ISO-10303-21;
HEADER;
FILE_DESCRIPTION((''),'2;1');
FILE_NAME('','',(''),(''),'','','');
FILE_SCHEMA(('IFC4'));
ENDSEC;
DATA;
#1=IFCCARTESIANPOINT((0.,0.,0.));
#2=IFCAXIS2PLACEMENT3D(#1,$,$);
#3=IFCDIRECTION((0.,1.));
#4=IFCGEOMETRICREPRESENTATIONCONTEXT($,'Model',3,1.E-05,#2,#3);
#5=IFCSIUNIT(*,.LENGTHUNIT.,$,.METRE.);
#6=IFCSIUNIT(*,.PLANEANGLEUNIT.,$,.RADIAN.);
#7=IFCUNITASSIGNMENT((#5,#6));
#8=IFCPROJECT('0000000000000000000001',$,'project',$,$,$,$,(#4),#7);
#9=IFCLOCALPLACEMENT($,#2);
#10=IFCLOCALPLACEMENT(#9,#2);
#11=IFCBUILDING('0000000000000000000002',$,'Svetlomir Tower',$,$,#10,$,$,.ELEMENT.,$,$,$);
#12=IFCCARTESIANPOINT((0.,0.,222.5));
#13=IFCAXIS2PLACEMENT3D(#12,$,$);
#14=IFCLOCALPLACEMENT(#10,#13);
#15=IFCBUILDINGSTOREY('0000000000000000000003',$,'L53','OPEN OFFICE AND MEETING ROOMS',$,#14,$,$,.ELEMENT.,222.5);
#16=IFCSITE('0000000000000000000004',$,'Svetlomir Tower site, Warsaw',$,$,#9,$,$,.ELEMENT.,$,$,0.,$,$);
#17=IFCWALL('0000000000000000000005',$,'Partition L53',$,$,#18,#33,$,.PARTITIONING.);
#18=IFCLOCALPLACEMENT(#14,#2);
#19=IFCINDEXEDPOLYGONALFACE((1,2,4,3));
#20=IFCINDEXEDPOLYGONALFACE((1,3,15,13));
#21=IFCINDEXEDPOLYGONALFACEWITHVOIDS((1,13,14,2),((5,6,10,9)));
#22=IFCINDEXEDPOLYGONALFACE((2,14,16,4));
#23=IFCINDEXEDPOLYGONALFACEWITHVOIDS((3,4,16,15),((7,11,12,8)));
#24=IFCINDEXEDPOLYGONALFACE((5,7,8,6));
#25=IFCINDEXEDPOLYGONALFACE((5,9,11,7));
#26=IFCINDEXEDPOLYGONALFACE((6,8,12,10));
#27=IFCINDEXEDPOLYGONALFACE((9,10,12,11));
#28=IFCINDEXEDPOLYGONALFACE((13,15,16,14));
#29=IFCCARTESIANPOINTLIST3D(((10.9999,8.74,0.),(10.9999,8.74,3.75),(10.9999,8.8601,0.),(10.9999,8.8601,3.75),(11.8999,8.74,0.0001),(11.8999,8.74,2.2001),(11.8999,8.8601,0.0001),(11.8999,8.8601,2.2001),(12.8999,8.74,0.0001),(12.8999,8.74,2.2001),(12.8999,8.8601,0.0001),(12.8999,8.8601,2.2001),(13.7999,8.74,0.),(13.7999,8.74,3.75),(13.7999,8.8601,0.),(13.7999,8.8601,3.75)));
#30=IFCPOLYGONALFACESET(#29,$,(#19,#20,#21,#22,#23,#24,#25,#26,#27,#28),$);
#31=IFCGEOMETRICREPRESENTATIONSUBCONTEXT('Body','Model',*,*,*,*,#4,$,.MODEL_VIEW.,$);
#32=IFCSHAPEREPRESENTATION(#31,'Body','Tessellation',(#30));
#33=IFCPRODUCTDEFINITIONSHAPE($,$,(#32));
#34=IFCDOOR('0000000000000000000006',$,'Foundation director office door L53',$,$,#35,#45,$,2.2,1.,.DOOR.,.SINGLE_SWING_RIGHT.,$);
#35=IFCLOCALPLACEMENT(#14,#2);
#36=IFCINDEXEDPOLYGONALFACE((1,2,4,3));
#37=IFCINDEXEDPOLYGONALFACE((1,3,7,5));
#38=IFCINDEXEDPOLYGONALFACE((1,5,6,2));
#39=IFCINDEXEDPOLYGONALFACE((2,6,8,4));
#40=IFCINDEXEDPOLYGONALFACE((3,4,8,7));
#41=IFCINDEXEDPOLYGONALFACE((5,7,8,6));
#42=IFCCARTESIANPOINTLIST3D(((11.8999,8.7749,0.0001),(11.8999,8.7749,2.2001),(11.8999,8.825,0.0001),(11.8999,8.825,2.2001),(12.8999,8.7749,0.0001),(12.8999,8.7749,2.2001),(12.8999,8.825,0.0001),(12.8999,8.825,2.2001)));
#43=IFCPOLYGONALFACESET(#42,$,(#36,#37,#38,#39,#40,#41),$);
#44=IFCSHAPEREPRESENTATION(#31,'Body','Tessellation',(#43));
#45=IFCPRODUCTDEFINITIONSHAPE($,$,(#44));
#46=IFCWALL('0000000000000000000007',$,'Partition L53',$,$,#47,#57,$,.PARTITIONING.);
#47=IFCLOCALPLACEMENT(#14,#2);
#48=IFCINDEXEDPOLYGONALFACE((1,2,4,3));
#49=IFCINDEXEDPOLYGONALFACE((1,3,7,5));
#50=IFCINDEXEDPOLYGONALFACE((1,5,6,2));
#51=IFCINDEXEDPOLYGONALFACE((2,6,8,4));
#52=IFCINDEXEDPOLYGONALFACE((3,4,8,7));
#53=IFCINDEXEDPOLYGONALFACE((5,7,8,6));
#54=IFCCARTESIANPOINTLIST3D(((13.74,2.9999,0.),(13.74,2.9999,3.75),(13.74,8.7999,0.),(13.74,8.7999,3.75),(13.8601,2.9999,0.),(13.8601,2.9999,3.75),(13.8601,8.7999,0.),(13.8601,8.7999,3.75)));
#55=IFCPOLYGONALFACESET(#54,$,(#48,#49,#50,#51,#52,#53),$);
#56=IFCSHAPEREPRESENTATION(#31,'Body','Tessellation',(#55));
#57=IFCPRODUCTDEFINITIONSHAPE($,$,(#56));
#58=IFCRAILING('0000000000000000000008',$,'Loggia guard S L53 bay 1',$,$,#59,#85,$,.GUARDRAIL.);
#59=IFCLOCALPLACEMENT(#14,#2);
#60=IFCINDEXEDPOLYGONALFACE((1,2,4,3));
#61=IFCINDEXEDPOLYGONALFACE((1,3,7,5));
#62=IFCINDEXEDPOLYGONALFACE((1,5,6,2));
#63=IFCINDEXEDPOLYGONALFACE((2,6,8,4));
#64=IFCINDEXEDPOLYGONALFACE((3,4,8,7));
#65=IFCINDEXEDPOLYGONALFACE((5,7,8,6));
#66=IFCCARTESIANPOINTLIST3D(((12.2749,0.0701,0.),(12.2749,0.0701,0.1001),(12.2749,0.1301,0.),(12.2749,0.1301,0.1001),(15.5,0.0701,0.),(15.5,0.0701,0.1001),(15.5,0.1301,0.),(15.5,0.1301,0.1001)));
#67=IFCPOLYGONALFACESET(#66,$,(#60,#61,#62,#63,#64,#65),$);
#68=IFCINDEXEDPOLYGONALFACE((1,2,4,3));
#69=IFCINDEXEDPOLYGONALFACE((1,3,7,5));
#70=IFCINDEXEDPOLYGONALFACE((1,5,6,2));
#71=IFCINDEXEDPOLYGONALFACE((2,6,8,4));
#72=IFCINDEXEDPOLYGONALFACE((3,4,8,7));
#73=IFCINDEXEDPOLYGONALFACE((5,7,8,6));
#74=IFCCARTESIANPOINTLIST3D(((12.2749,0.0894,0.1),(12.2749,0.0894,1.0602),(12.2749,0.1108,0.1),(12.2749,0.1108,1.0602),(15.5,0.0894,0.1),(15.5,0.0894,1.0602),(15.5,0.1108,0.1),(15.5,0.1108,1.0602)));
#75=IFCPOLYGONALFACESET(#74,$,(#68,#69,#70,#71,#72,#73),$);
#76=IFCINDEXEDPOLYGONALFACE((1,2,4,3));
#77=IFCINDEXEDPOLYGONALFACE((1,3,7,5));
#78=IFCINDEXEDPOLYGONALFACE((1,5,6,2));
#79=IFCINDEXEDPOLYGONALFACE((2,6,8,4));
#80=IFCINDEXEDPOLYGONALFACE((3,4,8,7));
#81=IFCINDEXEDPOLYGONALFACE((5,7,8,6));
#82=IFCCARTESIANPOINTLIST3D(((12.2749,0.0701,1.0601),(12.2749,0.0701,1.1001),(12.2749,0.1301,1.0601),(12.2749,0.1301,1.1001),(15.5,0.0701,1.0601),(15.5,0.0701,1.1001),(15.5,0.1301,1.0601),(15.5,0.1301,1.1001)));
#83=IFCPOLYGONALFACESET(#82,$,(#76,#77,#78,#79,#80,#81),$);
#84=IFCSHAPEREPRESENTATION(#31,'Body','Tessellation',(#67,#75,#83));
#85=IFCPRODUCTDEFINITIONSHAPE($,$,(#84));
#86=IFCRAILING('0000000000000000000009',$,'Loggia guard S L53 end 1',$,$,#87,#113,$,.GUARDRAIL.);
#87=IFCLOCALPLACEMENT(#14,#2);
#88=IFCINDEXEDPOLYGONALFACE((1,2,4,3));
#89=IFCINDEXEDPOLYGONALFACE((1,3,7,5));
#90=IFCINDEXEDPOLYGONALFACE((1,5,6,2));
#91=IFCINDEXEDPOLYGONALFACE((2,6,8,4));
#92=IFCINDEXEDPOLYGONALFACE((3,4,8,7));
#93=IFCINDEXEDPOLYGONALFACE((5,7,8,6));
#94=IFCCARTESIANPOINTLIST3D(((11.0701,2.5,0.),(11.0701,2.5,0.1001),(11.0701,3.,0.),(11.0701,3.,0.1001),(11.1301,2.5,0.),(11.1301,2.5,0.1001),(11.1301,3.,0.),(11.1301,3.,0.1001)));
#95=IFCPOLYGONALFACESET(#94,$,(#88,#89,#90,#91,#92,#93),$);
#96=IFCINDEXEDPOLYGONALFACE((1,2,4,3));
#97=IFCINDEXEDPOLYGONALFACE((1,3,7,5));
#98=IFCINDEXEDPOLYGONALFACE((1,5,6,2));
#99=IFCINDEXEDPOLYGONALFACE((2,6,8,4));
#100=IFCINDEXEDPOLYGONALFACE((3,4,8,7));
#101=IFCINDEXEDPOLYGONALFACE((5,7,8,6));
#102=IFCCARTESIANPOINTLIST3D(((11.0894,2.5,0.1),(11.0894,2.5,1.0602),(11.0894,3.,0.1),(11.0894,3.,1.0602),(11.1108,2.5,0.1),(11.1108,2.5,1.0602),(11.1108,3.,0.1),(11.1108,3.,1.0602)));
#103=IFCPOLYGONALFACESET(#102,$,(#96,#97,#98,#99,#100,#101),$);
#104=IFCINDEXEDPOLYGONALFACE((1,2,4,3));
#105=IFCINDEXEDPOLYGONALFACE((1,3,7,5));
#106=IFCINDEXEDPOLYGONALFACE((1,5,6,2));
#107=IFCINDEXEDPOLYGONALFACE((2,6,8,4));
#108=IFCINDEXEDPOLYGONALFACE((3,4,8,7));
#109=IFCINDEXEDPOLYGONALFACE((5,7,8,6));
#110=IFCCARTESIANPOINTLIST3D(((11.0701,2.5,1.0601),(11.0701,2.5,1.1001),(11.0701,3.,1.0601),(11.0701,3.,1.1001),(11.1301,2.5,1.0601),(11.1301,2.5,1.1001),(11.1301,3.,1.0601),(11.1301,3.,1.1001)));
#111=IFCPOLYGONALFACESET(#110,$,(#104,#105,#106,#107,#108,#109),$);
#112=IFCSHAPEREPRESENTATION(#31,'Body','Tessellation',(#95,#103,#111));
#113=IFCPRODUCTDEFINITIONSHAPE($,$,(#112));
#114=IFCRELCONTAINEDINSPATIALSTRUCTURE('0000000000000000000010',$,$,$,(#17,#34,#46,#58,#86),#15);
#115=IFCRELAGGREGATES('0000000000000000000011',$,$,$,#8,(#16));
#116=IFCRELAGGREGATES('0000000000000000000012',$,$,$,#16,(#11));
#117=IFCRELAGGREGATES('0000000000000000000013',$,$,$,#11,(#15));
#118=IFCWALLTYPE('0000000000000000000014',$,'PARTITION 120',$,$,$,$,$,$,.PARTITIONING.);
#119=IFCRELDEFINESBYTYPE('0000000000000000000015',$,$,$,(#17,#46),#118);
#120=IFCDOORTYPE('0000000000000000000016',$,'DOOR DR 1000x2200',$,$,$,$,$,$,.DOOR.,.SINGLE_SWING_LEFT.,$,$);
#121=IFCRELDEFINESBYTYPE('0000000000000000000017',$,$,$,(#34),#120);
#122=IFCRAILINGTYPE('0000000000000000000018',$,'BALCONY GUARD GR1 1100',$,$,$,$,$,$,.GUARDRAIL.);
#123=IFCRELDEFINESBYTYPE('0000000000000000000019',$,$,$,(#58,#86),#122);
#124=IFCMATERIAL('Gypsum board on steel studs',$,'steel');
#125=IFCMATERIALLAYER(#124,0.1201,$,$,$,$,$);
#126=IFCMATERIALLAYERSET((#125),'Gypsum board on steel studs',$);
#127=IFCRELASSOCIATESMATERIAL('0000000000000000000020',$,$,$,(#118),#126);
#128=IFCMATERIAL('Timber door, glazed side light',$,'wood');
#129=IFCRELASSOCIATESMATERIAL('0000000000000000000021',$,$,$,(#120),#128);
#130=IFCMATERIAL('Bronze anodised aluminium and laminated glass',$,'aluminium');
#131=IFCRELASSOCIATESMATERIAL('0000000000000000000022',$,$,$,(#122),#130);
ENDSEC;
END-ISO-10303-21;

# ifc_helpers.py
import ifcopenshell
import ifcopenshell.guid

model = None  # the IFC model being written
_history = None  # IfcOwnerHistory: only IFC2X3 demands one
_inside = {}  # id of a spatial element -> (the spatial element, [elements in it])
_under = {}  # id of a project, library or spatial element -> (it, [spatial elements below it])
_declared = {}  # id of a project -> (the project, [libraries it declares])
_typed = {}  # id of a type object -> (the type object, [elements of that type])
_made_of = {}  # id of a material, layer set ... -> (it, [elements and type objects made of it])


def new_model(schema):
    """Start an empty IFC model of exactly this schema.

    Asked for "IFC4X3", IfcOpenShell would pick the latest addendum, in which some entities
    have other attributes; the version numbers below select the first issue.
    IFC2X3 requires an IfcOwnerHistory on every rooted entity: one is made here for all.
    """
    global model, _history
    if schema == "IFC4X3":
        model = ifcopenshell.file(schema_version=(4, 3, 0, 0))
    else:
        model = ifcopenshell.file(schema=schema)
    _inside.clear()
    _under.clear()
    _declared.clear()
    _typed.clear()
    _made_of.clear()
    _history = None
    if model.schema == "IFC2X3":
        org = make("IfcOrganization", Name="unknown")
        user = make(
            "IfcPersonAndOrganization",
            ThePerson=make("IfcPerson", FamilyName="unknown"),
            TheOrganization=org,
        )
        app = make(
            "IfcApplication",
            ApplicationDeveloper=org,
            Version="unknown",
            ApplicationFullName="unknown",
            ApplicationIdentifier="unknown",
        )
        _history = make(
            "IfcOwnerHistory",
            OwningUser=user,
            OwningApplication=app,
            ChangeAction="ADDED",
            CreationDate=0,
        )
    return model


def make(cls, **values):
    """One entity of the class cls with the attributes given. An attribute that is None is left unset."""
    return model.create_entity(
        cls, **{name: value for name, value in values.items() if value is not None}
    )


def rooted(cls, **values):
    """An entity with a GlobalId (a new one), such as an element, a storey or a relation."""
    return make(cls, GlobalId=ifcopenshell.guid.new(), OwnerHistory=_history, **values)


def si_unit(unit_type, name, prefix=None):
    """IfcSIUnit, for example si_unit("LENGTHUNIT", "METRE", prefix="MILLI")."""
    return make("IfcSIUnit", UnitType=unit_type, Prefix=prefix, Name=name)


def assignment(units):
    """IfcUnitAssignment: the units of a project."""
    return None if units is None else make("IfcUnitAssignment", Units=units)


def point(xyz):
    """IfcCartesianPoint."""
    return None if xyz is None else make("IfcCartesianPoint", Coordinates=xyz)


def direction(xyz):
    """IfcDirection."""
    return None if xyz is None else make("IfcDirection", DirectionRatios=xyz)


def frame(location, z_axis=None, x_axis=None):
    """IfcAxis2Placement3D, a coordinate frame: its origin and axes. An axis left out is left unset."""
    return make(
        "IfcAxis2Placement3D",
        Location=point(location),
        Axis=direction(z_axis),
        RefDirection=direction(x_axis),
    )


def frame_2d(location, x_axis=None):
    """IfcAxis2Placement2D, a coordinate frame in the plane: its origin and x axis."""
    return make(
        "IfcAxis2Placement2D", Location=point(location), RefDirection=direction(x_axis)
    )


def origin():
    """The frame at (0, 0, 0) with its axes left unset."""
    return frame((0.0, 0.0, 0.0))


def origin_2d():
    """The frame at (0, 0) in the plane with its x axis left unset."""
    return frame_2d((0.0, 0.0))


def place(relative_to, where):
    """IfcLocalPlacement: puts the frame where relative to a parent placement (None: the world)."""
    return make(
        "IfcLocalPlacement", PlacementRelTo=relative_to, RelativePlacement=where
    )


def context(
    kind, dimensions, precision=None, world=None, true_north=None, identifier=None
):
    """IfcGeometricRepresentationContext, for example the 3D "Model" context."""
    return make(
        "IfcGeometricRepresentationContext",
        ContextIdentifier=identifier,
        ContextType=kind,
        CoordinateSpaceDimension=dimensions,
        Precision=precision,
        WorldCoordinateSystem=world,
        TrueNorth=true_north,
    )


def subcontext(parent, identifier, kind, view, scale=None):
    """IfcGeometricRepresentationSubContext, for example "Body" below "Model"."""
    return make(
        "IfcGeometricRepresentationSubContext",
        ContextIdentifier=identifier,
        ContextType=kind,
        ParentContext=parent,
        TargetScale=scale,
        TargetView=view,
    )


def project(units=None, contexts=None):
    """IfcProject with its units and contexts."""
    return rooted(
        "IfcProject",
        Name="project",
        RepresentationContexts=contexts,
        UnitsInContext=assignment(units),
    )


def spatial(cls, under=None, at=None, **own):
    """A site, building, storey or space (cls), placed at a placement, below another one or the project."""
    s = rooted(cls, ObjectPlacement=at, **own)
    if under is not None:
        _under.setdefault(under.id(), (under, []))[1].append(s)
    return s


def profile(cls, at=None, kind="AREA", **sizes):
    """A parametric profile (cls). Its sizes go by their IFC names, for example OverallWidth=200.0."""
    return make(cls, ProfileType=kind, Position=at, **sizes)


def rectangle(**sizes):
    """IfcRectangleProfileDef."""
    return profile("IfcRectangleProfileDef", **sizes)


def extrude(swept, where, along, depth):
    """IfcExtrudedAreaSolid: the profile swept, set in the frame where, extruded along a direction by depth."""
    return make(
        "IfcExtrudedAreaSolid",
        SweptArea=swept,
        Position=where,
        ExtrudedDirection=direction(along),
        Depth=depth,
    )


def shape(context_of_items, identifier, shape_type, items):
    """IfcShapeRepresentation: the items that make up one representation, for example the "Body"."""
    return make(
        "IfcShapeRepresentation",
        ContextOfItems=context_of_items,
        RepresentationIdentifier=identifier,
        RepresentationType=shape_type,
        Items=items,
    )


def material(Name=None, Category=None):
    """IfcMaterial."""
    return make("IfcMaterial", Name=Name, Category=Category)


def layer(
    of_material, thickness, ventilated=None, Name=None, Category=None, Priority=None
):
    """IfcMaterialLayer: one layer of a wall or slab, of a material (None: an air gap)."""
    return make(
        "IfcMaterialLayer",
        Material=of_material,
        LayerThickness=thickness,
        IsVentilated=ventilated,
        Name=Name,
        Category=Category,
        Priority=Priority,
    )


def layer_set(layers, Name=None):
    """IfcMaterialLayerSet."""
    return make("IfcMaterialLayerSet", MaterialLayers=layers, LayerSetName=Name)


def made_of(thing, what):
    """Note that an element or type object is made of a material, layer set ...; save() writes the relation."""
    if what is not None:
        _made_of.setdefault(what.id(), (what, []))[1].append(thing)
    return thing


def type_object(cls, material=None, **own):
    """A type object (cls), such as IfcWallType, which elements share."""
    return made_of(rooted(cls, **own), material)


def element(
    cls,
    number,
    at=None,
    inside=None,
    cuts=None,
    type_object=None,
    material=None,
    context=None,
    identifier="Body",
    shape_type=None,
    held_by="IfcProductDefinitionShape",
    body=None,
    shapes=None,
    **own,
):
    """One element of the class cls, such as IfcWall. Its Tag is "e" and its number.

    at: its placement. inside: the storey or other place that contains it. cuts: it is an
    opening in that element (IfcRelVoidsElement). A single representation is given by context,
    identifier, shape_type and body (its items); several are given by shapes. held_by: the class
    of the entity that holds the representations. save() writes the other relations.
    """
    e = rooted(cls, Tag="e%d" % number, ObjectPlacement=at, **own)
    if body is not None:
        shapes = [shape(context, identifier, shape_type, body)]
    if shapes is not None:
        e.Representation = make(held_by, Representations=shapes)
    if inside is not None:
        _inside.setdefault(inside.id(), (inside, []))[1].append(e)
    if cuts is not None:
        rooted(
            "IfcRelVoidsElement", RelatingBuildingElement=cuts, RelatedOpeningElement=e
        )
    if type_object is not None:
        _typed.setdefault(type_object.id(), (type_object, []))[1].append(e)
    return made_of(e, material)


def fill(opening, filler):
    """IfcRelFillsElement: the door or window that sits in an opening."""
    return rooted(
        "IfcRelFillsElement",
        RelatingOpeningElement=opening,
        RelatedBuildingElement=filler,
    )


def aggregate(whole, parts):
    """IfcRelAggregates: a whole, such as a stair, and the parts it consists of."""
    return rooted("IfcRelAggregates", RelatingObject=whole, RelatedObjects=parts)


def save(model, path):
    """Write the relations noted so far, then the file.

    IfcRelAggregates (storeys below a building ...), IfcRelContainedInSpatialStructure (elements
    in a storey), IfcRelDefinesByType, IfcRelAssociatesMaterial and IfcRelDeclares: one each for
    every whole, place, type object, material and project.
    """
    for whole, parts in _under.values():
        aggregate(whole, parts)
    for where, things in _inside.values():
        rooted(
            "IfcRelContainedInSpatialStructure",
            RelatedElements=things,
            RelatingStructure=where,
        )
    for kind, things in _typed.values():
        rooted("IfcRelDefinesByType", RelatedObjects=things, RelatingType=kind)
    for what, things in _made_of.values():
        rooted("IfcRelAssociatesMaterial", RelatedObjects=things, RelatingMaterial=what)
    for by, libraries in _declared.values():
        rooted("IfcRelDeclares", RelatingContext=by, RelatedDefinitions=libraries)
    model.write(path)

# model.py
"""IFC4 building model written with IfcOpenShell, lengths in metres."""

from ifc_helpers import new_model, si_unit, direction, frame, frame_2d, origin, origin_2d, place, context, subcontext, project, spatial, rectangle, extrude, material, layer, layer_set, type_object, element, fill, save


model = new_model("IFC4")

# Units and contexts
model_context = context("Model", 3, precision=1e-05, world=origin(), true_north=direction((0.0, 1.0)))
body_context = subcontext(model_context, "Body", "Model", "MODEL_VIEW")
ifc_project = project(units=[si_unit("LENGTHUNIT", "METRE"), si_unit("PLANEANGLEUNIT", "RADIAN")], contexts=[model_context])

# Site, building, storey
site_placement = place(None, origin())
site = spatial("IfcSite", under=ifc_project, at=site_placement, Name="Svetlomir Tower site, Warsaw", CompositionType="ELEMENT", RefElevation=0.0)
building_placement = place(site_placement, origin())
building = spatial("IfcBuilding", under=site, at=building_placement, Name="Svetlomir Tower", CompositionType="ELEMENT")
storey_placement = place(building_placement, frame((0.0, 0.0, 222.5)))
storey = spatial("IfcBuildingStorey", under=building, at=storey_placement, Name="L53", Description="OPEN OFFICE AND MEETING ROOMS", CompositionType="ELEMENT", Elevation=222.5)

# Wall, opening, door
ifc_material_1 = material(Name="Gypsum board on steel studs", Category="steel")
ifc_layer_1 = layer(ifc_material_1, 0.1201)
ifc_layer_set_1 = layer_set([ifc_layer_1], Name="Gypsum board on steel studs")
wall_type_1 = type_object("IfcWallType", Name="PARTITION 120", PredefinedType="PARTITIONING", material=ifc_layer_set_1)
wall_1_placement = place(storey_placement, frame((11.0, 8.8, 0.0), z_axis=(0.0, 0.0, 1.0), x_axis=(1.0, 0.0, 0.0)))
wall_1 = element("IfcWall", 1, at=wall_1_placement, inside=storey, type_object=wall_type_1, Name="Partition L53", PredefinedType="PARTITIONING", context=body_context, shape_type="SweptSolid", body=[
    extrude(rectangle(XDim=2.8, YDim=0.1201, at=frame_2d((1.3999, 0.0))), origin(), (0.0, 0.0, 1.0), 3.75),
])
opening_1_placement = place(wall_1_placement, frame((0.8999, 0.0, 0.0)))
opening_1 = element("IfcOpeningElement", 2, at=opening_1_placement, cuts=wall_1, PredefinedType="OPENING", context=body_context, shape_type="SweptSolid", body=[
    extrude(rectangle(XDim=1.0, YDim=2.2, at=frame_2d((0.5, 1.1001))), frame((0.0, 0.0701, 0.0), z_axis=(0.0, -1.0, 0.0), x_axis=(1.0, 0.0, 0.0)), (0.0, 0.0, 1.0), 0.1401),
])
ifc_material_2 = material(Name="Timber door, glazed side light", Category="wood")
door_type_1 = type_object("IfcDoorType", Name="DOOR DR 1000x2200", OperationType="SINGLE_SWING_LEFT", PredefinedType="DOOR", material=ifc_material_2)
door_1_placement = place(opening_1_placement, origin())
door_1 = element("IfcDoor", 3, at=door_1_placement, inside=storey, type_object=door_type_1, Name="Foundation director office door L53", OperationType="SINGLE_SWING_RIGHT", OverallHeight=2.2, OverallWidth=1.0, PredefinedType="DOOR", context=body_context, shape_type="SweptSolid", body=[
    extrude(rectangle(XDim=1.0, YDim=2.2, at=frame_2d((0.5, 1.1001))), frame((0.0, 0.0249, 0.0), z_axis=(0.0, -1.0, 0.0), x_axis=(1.0, 0.0, 0.0)), (0.0, 0.0, 1.0), 0.05),
])
fill(opening_1, door_1)

# Wall
wall_2_placement = place(storey_placement, frame((13.8, 3.0, 0.0), z_axis=(0.0, 0.0, 1.0), x_axis=(0.0, 1.0, 0.0)))
element("IfcWall", 4, at=wall_2_placement, inside=storey, type_object=wall_type_1, Name="Partition L53", PredefinedType="PARTITIONING", context=body_context, shape_type="SweptSolid", body=[
    extrude(rectangle(XDim=5.8, YDim=0.1201, at=frame_2d((2.8999, 0.0))), origin(), (0.0, 0.0, 1.0), 3.75),
])

# Railings
ifc_material_3 = material(Name="Bronze anodised aluminium and laminated glass", Category="aluminium")
railing_type = type_object("IfcRailingType", Name="BALCONY GUARD GR1 1100", PredefinedType="GUARDRAIL", material=ifc_material_3)
railing_1_placement = place(storey_placement, frame((12.2749, 0.1001, 0.0)))
element("IfcRailing", 5, at=railing_1_placement, inside=storey, type_object=railing_type, Name="Loggia guard S L53 bay 1", PredefinedType="GUARDRAIL", context=body_context, shape_type="SweptSolid", body=[
    extrude(rectangle(XDim=0.0601, YDim=0.1001, at=origin_2d()), frame((0.0, 0.0, 0.05), z_axis=(1.0, 0.0, 0.0), x_axis=(0.0, 1.0, 0.0)), (0.0, 0.0, 1.0), 3.2251),
    extrude(rectangle(XDim=0.0215, YDim=0.9602, at=origin_2d()), frame((0.0, 0.0, 0.5801), z_axis=(1.0, 0.0, 0.0), x_axis=(0.0, 1.0, 0.0)), (0.0, 0.0, 1.0), 3.2251),
    extrude(rectangle(XDim=0.0601, YDim=0.04, at=origin_2d()), frame((0.0, 0.0, 1.0801), z_axis=(1.0, 0.0, 0.0), x_axis=(0.0, 1.0, 0.0)), (0.0, 0.0, 1.0), 3.2251),
])
railing_2_placement = place(storey_placement, frame((11.1001, 2.5, 0.0)))
element("IfcRailing", 6, at=railing_2_placement, inside=storey, type_object=railing_type, Name="Loggia guard S L53 end 1", PredefinedType="GUARDRAIL", context=body_context, shape_type="SweptSolid", body=[
    extrude(rectangle(XDim=0.0601, YDim=0.1001, at=origin_2d()), frame((0.0, 0.0, 0.05), z_axis=(0.0, 1.0, 0.0), x_axis=(-1.0, 0.0, 0.0)), (0.0, 0.0, 1.0), 0.5),
    extrude(rectangle(XDim=0.0215, YDim=0.9602, at=origin_2d()), frame((0.0, 0.0, 0.5801), z_axis=(0.0, 1.0, 0.0), x_axis=(-1.0, 0.0, 0.0)), (0.0, 0.0, 1.0), 0.5),
    extrude(rectangle(XDim=0.0601, YDim=0.04, at=origin_2d()), frame((0.0, 0.0, 1.0801), z_axis=(0.0, 1.0, 0.0), x_axis=(-1.0, 0.0, 0.0)), (0.0, 0.0, 1.0), 0.5),
])

save(model, "model.ifc")
